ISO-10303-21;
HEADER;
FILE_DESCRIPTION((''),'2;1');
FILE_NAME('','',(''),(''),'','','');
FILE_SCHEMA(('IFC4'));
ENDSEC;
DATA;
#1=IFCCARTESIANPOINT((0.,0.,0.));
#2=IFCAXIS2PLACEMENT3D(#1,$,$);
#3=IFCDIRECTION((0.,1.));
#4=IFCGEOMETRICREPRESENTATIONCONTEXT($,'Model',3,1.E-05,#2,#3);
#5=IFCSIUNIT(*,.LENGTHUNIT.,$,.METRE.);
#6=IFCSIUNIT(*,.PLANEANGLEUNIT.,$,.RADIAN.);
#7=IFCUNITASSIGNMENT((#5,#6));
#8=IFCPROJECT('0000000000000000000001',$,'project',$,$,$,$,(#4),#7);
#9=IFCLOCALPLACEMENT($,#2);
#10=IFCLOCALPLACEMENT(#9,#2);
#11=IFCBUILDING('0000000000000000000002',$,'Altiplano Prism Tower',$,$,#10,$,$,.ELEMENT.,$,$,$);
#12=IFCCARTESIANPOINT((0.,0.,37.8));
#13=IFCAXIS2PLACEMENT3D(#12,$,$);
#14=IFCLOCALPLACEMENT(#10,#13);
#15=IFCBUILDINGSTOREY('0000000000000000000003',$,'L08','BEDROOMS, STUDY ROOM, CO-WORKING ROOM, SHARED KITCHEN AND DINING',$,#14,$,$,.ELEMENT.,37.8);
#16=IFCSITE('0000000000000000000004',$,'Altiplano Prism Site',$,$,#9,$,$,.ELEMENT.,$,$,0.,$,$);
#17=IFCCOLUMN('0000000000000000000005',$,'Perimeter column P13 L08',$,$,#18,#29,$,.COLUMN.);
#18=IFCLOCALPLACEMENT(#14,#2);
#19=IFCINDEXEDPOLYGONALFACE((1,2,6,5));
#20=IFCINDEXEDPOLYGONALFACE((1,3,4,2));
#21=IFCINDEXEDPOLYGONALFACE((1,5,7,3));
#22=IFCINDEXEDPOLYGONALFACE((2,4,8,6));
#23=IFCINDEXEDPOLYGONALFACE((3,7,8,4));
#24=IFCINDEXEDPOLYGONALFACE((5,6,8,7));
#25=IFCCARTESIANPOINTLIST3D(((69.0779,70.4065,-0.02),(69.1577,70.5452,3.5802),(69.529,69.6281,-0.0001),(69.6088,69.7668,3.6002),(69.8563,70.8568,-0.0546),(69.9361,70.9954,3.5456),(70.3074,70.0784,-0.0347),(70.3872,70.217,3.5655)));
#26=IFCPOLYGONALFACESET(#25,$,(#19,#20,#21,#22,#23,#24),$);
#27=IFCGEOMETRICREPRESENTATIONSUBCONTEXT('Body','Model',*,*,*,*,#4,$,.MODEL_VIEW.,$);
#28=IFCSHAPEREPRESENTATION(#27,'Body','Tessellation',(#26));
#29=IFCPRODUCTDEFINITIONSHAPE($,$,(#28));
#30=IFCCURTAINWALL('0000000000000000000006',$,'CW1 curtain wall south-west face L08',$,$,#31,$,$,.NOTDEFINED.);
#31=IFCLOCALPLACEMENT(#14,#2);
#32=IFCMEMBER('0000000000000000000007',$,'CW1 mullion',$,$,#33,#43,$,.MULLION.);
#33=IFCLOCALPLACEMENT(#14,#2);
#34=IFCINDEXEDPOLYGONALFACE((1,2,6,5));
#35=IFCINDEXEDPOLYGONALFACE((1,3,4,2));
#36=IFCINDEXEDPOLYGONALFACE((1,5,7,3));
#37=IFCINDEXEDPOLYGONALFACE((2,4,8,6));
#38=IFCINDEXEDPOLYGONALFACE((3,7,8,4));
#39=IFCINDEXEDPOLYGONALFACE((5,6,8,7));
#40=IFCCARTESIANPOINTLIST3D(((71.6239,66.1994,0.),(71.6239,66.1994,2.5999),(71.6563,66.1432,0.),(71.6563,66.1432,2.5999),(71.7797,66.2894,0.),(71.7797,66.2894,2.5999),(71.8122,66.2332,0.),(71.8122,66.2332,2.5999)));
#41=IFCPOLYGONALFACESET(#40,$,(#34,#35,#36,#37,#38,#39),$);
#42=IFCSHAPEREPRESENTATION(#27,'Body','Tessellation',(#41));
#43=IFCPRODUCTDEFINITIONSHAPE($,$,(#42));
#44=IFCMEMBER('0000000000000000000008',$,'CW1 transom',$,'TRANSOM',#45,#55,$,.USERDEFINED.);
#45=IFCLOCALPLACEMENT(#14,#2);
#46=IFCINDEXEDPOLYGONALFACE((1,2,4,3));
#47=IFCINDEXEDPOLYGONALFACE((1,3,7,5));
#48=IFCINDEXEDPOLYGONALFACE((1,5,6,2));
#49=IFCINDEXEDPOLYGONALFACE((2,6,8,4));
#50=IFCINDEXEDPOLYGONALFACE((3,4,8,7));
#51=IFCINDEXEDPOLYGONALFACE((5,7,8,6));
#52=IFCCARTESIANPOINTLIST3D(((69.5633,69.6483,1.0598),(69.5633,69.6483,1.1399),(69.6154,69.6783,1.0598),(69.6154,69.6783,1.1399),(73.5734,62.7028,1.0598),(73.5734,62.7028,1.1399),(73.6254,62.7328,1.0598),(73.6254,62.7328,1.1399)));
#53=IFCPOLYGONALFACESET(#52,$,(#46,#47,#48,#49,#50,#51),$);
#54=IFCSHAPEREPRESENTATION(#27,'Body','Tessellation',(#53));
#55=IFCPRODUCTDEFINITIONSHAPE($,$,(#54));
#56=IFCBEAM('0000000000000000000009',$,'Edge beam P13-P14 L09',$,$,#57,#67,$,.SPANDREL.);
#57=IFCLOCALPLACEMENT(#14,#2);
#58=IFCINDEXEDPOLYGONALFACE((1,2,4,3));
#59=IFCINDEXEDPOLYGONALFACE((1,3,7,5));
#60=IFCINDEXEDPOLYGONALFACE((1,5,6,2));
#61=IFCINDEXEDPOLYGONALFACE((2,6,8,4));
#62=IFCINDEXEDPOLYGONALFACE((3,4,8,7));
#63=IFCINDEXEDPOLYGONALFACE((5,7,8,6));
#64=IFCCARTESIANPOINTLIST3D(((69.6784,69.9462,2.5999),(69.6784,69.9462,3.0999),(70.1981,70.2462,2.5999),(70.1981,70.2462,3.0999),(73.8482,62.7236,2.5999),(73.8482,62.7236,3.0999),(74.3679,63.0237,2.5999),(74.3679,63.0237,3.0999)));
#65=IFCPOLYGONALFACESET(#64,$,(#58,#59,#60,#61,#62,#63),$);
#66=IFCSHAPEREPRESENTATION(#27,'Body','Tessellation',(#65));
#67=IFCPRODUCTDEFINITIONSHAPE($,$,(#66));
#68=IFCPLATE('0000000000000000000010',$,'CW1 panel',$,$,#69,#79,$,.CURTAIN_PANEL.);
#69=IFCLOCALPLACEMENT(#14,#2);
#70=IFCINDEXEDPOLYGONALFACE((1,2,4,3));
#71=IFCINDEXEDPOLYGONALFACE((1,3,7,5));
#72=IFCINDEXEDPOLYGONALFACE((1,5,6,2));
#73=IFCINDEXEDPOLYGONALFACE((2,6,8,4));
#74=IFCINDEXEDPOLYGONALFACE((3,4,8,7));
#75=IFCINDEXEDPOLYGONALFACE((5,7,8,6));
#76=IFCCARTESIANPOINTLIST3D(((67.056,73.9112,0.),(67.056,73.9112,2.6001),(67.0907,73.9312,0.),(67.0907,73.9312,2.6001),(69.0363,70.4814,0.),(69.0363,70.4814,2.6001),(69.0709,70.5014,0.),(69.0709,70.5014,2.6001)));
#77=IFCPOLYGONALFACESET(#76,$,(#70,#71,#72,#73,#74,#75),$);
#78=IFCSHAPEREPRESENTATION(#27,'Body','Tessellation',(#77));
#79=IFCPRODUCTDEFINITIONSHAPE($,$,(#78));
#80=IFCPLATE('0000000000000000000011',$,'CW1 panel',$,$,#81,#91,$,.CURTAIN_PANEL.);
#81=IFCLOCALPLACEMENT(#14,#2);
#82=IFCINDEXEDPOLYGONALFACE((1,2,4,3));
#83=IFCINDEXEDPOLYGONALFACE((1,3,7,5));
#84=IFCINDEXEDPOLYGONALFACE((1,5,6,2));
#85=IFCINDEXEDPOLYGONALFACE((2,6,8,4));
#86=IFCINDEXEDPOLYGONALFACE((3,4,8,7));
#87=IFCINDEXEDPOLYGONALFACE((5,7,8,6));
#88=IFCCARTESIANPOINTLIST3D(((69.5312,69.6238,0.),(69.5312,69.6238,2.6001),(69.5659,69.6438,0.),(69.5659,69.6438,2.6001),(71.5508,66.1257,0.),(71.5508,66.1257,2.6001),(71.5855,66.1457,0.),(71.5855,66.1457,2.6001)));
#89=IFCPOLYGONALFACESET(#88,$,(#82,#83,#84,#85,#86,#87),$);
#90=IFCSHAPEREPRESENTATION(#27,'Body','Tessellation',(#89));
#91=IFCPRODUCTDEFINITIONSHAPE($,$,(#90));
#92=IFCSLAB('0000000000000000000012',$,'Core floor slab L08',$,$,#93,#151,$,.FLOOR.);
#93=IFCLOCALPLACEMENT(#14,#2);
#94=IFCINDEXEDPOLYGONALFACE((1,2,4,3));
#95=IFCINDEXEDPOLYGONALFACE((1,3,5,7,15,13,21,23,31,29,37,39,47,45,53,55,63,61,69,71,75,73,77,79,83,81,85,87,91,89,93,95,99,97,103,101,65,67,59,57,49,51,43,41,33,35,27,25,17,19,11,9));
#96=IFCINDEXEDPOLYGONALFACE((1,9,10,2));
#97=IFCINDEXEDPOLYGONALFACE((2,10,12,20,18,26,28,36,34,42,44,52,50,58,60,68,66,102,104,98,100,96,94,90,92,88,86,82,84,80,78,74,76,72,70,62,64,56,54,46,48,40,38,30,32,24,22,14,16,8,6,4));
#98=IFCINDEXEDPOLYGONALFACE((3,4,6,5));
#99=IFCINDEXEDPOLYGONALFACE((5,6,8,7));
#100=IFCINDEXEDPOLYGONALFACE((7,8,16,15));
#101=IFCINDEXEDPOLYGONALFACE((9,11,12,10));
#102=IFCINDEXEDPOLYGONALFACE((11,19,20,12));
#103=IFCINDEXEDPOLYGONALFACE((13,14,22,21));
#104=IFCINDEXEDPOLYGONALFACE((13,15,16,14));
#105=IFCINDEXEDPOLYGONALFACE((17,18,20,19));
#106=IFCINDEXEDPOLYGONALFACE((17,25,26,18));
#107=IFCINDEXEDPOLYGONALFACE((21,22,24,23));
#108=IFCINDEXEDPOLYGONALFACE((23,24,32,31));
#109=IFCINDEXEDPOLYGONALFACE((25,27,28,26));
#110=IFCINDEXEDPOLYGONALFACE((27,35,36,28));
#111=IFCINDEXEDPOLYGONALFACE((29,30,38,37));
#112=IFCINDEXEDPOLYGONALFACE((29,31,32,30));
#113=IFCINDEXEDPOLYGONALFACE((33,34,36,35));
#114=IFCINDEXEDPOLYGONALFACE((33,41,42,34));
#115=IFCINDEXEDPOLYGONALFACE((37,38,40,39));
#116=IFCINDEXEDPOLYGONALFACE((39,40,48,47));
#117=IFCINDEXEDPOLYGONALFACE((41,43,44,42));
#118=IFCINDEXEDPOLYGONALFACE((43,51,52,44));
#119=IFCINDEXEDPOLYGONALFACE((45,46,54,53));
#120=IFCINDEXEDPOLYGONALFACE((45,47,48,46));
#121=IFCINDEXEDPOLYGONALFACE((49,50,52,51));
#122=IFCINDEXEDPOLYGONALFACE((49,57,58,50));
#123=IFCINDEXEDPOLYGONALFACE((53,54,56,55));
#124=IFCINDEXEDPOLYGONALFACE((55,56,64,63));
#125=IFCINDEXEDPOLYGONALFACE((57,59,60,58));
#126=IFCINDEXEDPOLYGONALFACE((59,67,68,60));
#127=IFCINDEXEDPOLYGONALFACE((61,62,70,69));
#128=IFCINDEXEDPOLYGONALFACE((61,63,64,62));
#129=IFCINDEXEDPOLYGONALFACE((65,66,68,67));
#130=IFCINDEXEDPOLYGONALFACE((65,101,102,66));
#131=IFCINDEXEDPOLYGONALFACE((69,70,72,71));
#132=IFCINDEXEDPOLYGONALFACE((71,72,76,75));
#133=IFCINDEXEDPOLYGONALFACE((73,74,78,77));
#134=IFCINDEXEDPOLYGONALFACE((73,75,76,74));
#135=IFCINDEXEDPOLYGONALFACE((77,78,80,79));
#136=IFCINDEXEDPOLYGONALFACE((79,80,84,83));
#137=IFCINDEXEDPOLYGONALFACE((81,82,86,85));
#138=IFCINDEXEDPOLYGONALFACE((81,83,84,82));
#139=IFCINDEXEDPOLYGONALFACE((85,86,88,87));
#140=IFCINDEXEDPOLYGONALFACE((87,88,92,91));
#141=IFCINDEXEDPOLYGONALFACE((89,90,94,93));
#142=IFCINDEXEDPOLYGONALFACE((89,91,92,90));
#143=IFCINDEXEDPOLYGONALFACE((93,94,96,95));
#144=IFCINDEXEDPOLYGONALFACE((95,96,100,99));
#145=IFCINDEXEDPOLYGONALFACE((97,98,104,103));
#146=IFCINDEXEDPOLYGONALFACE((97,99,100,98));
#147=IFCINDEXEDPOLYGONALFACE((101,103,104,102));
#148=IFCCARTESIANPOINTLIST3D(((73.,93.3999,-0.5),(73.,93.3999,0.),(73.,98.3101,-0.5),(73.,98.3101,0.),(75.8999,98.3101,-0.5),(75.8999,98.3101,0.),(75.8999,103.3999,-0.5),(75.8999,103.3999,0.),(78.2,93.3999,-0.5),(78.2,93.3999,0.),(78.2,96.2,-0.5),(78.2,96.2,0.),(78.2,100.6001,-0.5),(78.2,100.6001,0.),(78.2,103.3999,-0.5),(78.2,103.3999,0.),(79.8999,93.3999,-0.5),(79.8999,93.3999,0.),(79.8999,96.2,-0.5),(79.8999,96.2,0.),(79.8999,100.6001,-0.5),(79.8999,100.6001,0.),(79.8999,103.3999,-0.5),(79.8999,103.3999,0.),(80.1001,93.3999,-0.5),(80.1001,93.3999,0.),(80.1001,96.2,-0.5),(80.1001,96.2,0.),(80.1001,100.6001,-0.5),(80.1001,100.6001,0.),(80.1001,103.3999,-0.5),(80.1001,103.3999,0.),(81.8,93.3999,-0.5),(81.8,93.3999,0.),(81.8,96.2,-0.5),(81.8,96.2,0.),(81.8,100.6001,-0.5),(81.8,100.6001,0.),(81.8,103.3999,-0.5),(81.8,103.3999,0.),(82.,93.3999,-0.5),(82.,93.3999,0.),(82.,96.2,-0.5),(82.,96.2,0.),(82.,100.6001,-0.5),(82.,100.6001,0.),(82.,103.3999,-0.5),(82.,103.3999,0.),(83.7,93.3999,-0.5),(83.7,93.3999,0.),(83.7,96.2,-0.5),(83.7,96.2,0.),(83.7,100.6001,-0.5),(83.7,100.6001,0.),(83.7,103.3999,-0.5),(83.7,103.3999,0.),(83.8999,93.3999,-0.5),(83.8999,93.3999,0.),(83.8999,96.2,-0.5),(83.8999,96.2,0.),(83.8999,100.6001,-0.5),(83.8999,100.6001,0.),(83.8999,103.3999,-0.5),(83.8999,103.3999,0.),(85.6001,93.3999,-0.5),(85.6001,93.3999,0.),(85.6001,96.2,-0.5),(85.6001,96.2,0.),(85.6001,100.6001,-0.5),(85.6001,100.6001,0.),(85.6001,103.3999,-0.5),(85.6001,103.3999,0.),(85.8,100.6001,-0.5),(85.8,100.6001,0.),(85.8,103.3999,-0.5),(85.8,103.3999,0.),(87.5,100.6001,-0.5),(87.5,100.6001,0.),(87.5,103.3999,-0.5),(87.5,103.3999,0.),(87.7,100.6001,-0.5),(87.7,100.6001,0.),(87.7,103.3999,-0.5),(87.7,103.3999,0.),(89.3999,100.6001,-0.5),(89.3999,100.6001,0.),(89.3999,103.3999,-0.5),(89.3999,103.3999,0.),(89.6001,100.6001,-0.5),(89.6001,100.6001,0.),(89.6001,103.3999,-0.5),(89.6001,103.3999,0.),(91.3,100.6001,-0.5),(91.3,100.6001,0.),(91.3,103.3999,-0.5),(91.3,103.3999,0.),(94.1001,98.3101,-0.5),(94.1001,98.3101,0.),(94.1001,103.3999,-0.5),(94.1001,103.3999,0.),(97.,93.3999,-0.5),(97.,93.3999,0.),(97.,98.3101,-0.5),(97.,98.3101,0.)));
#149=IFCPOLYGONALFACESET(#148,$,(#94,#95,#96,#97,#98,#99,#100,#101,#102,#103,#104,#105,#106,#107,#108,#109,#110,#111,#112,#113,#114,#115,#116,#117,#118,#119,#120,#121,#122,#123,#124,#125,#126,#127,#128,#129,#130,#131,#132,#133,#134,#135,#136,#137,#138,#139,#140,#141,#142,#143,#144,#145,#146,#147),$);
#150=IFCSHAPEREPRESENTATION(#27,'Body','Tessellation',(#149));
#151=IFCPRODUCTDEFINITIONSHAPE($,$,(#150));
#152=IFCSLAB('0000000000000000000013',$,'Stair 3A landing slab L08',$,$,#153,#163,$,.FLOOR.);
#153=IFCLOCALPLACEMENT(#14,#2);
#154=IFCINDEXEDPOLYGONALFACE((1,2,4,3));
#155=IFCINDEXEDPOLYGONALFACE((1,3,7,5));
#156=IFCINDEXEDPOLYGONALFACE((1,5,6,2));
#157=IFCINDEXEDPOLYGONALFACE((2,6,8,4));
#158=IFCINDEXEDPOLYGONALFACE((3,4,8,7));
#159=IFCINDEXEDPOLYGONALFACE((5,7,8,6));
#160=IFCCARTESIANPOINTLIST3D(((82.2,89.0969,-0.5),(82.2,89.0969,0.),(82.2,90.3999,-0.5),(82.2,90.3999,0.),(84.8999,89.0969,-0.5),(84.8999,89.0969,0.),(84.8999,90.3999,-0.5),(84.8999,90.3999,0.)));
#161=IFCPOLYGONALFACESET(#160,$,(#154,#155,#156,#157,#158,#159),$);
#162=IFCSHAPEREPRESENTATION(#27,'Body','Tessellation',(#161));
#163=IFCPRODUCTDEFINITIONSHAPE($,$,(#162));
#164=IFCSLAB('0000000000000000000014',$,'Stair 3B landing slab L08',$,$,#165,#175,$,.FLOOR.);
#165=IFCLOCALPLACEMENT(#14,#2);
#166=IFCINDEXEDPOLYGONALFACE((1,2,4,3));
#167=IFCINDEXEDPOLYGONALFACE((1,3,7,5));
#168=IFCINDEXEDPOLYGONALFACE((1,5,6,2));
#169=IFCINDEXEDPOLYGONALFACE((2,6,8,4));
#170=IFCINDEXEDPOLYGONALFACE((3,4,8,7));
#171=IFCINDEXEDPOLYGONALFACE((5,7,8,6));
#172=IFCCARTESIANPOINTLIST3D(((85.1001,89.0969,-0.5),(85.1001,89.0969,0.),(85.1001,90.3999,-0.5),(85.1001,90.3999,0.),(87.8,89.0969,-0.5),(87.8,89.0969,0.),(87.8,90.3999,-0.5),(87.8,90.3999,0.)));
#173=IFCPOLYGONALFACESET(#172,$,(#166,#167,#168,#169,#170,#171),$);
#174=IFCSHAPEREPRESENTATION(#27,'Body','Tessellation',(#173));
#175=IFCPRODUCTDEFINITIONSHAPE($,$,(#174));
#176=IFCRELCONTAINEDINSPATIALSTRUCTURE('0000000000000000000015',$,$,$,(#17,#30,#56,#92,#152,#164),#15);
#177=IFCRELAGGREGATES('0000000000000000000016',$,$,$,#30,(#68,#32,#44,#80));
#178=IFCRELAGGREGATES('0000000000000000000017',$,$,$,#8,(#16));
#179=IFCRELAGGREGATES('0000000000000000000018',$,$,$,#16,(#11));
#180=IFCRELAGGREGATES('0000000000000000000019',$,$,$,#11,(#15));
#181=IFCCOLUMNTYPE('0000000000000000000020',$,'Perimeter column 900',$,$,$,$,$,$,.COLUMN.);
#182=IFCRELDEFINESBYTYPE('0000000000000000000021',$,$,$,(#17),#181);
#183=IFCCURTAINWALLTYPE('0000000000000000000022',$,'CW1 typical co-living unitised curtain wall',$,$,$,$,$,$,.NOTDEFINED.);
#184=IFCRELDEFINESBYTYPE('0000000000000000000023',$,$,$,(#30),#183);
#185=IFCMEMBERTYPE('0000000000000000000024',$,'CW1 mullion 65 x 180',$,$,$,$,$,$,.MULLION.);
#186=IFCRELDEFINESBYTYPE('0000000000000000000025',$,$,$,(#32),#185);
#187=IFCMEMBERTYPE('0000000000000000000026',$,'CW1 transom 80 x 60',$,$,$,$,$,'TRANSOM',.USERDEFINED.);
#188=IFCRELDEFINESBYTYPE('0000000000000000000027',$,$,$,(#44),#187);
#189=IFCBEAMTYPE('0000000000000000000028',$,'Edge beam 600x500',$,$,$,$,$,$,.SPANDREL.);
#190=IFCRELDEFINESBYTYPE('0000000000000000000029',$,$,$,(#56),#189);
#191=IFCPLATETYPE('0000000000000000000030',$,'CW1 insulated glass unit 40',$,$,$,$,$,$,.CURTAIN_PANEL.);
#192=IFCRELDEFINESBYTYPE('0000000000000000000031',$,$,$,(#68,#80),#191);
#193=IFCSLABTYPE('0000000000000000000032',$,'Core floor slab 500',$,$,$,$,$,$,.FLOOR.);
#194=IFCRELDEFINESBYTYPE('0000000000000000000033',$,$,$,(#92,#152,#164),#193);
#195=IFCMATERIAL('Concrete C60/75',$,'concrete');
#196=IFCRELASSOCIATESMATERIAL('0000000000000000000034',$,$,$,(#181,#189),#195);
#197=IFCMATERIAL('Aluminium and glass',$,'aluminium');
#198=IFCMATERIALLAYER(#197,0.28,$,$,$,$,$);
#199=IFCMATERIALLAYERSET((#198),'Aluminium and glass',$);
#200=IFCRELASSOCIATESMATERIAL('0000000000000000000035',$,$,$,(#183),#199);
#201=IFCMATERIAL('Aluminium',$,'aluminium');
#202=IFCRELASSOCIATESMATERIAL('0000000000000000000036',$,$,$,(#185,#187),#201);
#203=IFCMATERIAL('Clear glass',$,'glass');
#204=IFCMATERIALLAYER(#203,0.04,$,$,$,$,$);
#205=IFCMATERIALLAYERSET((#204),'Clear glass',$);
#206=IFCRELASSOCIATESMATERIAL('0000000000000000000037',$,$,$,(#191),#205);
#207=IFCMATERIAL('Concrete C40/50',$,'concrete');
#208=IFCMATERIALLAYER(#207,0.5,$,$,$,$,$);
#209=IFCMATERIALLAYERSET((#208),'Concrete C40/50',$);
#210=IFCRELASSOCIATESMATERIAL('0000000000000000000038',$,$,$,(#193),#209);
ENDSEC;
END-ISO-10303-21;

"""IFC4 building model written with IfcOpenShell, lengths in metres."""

from ifc_helpers import new_model, si_unit, direction, frame, origin, origin_2d, place, context, subcontext, project, spatial, polyline, rectangle, outline, extrude, material, layer, layer_set, material_profile, profile_set, type_object, element, aggregate, save


model = new_model("IFC4")

# Units and contexts
model_context = context("Model", 3, precision=1e-05, world=origin(), true_north=direction((0.0, 1.0)))
body_context = subcontext(model_context, "Body", "Model", "MODEL_VIEW")
ifc_project = project(units=[si_unit("LENGTHUNIT", "METRE"), si_unit("PLANEANGLEUNIT", "RADIAN")], contexts=[model_context])

# Site, building, storey
site_placement = place(None, origin())
site = spatial("IfcSite", under=ifc_project, at=site_placement, Name="Altiplano Prism Site", CompositionType="ELEMENT", RefElevation=0.0)
building_placement = place(site_placement, origin())
building = spatial("IfcBuilding", under=site, at=building_placement, Name="Altiplano Prism Tower", CompositionType="ELEMENT")
storey_placement = place(building_placement, frame((0.0, 0.0, 37.8)))
storey = spatial("IfcBuildingStorey", under=building, at=storey_placement, Name="L08", Description="BEDROOMS, STUDY ROOM, CO-WORKING ROOM, SHARED KITCHEN AND DINING", CompositionType="ELEMENT", Elevation=37.8)

# Column
ifc_material_1 = material(Name="Concrete C60/75", Category="concrete")
ifc_material_profile_1 = material_profile(ifc_material_1, rectangle(XDim=0.8999, YDim=0.8999, at=origin_2d()), Name="Perimeter column 900")
ifc_profile_set_1 = profile_set([ifc_material_profile_1], Name="Concrete C60/75")
column_type = type_object("IfcColumnType", Name="Perimeter column 900", PredefinedType="COLUMN", material=ifc_profile_set_1)
column_placement = place(storey_placement, frame((69.6926, 70.2424, -0.0273), z_axis=(0.022154, 0.038481, 0.999014), x_axis=(-0.86498, -0.500331, 0.038454)))
element("IfcColumn", 1, at=column_placement, inside=storey, type_object=column_type, Name="Perimeter column P13 L08", PredefinedType="COLUMN", context=body_context, shape_type="SweptSolid", body=[
    extrude(rectangle(XDim=0.8999, YDim=0.8999, at=origin_2d()), origin(), (0.0, 0.0, 1.0), 3.6038),
])

# Curtain wall, members
ifc_material_2 = material(Name="Aluminium and glass", Category="aluminium")
ifc_layer_1 = layer(ifc_material_2, 0.28)
ifc_layer_set_1 = layer_set([ifc_layer_1], Name="Aluminium and glass")
curtain_wall_type = type_object("IfcCurtainWallType", Name="CW1 typical co-living unitised curtain wall", PredefinedType="NOTDEFINED", material=ifc_layer_set_1)
curtain_wall_placement = place(storey_placement, origin())
curtain_wall = element("IfcCurtainWall", 2, at=curtain_wall_placement, inside=storey, type_object=curtain_wall_type, Name="CW1 curtain wall south-west face L08", PredefinedType="NOTDEFINED")
ifc_material_3 = material(Name="Aluminium", Category="aluminium")
ifc_material_profile_2 = material_profile(ifc_material_3, rectangle(XDim=0.1799, YDim=0.0649, at=origin_2d()), Name="CW1 mullion 65 x 180")
ifc_profile_set_2 = profile_set([ifc_material_profile_2], Name="Aluminium")
member_type_1 = type_object("IfcMemberType", Name="CW1 mullion 65 x 180", PredefinedType="MULLION", material=ifc_profile_set_2)
member_1_placement = place(storey_placement, frame((71.718, 66.2163, 0.0), z_axis=(0.0, 0.0, 1.0), x_axis=(0.866025, 0.5, 0.0)))
member_1 = element("IfcMember", 3, at=member_1_placement, type_object=member_type_1, Name="CW1 mullion", PredefinedType="MULLION", context=body_context, shape_type="SweptSolid", body=[
    extrude(rectangle(XDim=0.1799, YDim=0.0649, at=origin_2d()), origin(), (0.0, 0.0, 1.0), 2.5999),
])
ifc_material_profile_3 = material_profile(ifc_material_3, rectangle(XDim=0.0601, YDim=0.0801, at=origin_2d()), Name="CW1 transom 80 x 60")
ifc_profile_set_3 = profile_set([ifc_material_profile_3], Name="Aluminium")
member_type_2 = type_object("IfcMemberType", Name="CW1 transom 80 x 60", ElementType="TRANSOM", PredefinedType="USERDEFINED", material=ifc_profile_set_3)
member_2_placement = place(storey_placement, frame((69.5894, 69.6633, 1.0999), z_axis=(0.499999, -0.866026, 0.0), x_axis=(0.866026, 0.499999, 0.0)))
member_2 = element("IfcMember", 4, at=member_2_placement, type_object=member_type_2, Name="CW1 transom", ObjectType="TRANSOM", PredefinedType="USERDEFINED", context=body_context, shape_type="SweptSolid", body=[
    extrude(rectangle(XDim=0.0601, YDim=0.0801, at=origin_2d()), origin(), (0.0, 0.0, 1.0), 8.02),
])

# Beam
ifc_material_profile_4 = material_profile(ifc_material_1, rectangle(XDim=0.6001, YDim=0.5, at=origin_2d()), Name="Edge beam 600x500")
ifc_profile_set_4 = profile_set([ifc_material_profile_4], Name="Concrete C60/75")
beam_type = type_object("IfcBeamType", Name="Edge beam 600x500", PredefinedType="SPANDREL", material=ifc_profile_set_4)
beam_placement = place(storey_placement, frame((69.9382, 70.0962, 2.8499), z_axis=(0.499993, -0.86603, 0.0), x_axis=(0.86603, 0.499993, 0.0)))
element("IfcBeam", 5, at=beam_placement, inside=storey, type_object=beam_type, Name="Edge beam P13-P14 L09", PredefinedType="SPANDREL", context=body_context, shape_type="SweptSolid", body=[
    extrude(rectangle(XDim=0.6001, YDim=0.5, at=origin_2d()), origin(), (0.0, 0.0, 1.0), 8.3398),
])

# Plates
ifc_material_4 = material(Name="Clear glass", Category="glass")
ifc_layer_2 = layer(ifc_material_4, 0.04)
ifc_layer_set_2 = layer_set([ifc_layer_2], Name="Clear glass")
plate_type = type_object("IfcPlateType", Name="CW1 insulated glass unit 40", PredefinedType="CURTAIN_PANEL", material=ifc_layer_set_2)
plate_1_placement = place(storey_placement, frame((68.0635, 72.2063, 0.0), z_axis=(0.0, 0.0, 1.0), x_axis=(0.5, -0.866025, 0.0)))
plate_1 = element("IfcPlate", 6, at=plate_1_placement, type_object=plate_type, Name="CW1 panel", PredefinedType="CURTAIN_PANEL", context=body_context, shape_type="SweptSolid", body=[
    extrude(rectangle(XDim=3.9604, YDim=0.04, at=origin_2d()), origin(), (0.0, 0.0, 1.0), 2.6001),
])
plate_2_placement = place(storey_placement, frame((70.5583, 67.8848, 0.0), z_axis=(0.0, 0.0, 1.0), x_axis=(0.5, -0.866025, 0.0)))
plate_2 = element("IfcPlate", 7, at=plate_2_placement, type_object=plate_type, Name="CW1 panel", PredefinedType="CURTAIN_PANEL", context=body_context, shape_type="SweptSolid", body=[
    extrude(rectangle(XDim=4.0393, YDim=0.04, at=origin_2d()), origin(), (0.0, 0.0, 1.0), 2.6001),
])
aggregate(curtain_wall, [plate_1, member_1, member_2, plate_2])

# Slabs
ifc_material_5 = material(Name="Concrete C40/50", Category="concrete")
ifc_layer_3 = layer(ifc_material_5, 0.5)
ifc_layer_set_3 = layer_set([ifc_layer_3], Name="Concrete C40/50")
slab_type_1 = type_object("IfcSlabType", Name="Core floor slab 500", PredefinedType="FLOOR", material=ifc_layer_set_3)
slab_1_placement = place(storey_placement, frame((0.0, 0.0, -0.5)))
element("IfcSlab", 8, at=slab_1_placement, inside=storey, type_object=slab_type_1, Name="Core floor slab L08", PredefinedType="FLOOR", context=body_context, shape_type="SweptSolid", body=[
    extrude(outline(polyline([(97.0, 98.3101), (94.1001, 98.3101), (94.1001, 103.3999), (91.3, 103.3999), (91.3, 100.6001), (89.6001, 100.6001), (89.6001, 103.3999), (89.3999, 103.3999), (89.3999, 100.6001), (87.7, 100.6001), (87.7, 103.3999), (87.5, 103.3999), (87.5, 100.6001), (85.8, 100.6001), (85.8, 103.3999), (85.6001, 103.3999), (85.6001, 100.6001), (83.8999, 100.6001), (83.8999, 103.3999), (83.7, 103.3999), (83.7, 100.6001), (82.0, 100.6001), (82.0, 103.3999), (81.8, 103.3999), (81.8, 100.6001), (80.1001, 100.6001), (80.1001, 103.3999), (79.8999, 103.3999), (79.8999, 100.6001), (78.2, 100.6001), (78.2, 103.3999), (75.8999, 103.3999), (75.8999, 98.3101), (73.0, 98.3101), (73.0, 93.3999), (78.2, 93.3999), (78.2, 96.2), (79.8999, 96.2), (79.8999, 93.3999), (80.1001, 93.3999), (80.1001, 96.2), (81.8, 96.2), (81.8, 93.3999), (82.0, 93.3999), (82.0, 96.2), (83.7, 96.2), (83.7, 93.3999), (83.8999, 93.3999), (83.8999, 96.2), (85.6001, 96.2), (85.6001, 93.3999), (97.0, 93.3999), (97.0, 98.3101)])), origin(), (0.0, 0.0, 1.0), 0.5),
])
slab_2_placement = place(storey_placement, frame((0.0, 0.0, -0.5)))
element("IfcSlab", 9, at=slab_2_placement, inside=storey, type_object=slab_type_1, Name="Stair 3A landing slab L08", PredefinedType="FLOOR", context=body_context, shape_type="SweptSolid", body=[
    extrude(outline(polyline([(82.2, 89.0969), (84.8999, 89.0969), (84.8999, 90.3999), (82.2, 90.3999), (82.2, 89.0969)])), origin(), (0.0, 0.0, 1.0), 0.5),
])
slab_3_placement = place(storey_placement, frame((0.0, 0.0, -0.5)))
element("IfcSlab", 10, at=slab_3_placement, inside=storey, type_object=slab_type_1, Name="Stair 3B landing slab L08", PredefinedType="FLOOR", context=body_context, shape_type="SweptSolid", body=[
    extrude(outline(polyline([(85.1001, 89.0969), (87.8, 89.0969), (87.8, 90.3999), (85.1001, 90.3999), (85.1001, 89.0969)])), origin(), (0.0, 0.0, 1.0), 0.5),
])

save(model, "model.ifc")
